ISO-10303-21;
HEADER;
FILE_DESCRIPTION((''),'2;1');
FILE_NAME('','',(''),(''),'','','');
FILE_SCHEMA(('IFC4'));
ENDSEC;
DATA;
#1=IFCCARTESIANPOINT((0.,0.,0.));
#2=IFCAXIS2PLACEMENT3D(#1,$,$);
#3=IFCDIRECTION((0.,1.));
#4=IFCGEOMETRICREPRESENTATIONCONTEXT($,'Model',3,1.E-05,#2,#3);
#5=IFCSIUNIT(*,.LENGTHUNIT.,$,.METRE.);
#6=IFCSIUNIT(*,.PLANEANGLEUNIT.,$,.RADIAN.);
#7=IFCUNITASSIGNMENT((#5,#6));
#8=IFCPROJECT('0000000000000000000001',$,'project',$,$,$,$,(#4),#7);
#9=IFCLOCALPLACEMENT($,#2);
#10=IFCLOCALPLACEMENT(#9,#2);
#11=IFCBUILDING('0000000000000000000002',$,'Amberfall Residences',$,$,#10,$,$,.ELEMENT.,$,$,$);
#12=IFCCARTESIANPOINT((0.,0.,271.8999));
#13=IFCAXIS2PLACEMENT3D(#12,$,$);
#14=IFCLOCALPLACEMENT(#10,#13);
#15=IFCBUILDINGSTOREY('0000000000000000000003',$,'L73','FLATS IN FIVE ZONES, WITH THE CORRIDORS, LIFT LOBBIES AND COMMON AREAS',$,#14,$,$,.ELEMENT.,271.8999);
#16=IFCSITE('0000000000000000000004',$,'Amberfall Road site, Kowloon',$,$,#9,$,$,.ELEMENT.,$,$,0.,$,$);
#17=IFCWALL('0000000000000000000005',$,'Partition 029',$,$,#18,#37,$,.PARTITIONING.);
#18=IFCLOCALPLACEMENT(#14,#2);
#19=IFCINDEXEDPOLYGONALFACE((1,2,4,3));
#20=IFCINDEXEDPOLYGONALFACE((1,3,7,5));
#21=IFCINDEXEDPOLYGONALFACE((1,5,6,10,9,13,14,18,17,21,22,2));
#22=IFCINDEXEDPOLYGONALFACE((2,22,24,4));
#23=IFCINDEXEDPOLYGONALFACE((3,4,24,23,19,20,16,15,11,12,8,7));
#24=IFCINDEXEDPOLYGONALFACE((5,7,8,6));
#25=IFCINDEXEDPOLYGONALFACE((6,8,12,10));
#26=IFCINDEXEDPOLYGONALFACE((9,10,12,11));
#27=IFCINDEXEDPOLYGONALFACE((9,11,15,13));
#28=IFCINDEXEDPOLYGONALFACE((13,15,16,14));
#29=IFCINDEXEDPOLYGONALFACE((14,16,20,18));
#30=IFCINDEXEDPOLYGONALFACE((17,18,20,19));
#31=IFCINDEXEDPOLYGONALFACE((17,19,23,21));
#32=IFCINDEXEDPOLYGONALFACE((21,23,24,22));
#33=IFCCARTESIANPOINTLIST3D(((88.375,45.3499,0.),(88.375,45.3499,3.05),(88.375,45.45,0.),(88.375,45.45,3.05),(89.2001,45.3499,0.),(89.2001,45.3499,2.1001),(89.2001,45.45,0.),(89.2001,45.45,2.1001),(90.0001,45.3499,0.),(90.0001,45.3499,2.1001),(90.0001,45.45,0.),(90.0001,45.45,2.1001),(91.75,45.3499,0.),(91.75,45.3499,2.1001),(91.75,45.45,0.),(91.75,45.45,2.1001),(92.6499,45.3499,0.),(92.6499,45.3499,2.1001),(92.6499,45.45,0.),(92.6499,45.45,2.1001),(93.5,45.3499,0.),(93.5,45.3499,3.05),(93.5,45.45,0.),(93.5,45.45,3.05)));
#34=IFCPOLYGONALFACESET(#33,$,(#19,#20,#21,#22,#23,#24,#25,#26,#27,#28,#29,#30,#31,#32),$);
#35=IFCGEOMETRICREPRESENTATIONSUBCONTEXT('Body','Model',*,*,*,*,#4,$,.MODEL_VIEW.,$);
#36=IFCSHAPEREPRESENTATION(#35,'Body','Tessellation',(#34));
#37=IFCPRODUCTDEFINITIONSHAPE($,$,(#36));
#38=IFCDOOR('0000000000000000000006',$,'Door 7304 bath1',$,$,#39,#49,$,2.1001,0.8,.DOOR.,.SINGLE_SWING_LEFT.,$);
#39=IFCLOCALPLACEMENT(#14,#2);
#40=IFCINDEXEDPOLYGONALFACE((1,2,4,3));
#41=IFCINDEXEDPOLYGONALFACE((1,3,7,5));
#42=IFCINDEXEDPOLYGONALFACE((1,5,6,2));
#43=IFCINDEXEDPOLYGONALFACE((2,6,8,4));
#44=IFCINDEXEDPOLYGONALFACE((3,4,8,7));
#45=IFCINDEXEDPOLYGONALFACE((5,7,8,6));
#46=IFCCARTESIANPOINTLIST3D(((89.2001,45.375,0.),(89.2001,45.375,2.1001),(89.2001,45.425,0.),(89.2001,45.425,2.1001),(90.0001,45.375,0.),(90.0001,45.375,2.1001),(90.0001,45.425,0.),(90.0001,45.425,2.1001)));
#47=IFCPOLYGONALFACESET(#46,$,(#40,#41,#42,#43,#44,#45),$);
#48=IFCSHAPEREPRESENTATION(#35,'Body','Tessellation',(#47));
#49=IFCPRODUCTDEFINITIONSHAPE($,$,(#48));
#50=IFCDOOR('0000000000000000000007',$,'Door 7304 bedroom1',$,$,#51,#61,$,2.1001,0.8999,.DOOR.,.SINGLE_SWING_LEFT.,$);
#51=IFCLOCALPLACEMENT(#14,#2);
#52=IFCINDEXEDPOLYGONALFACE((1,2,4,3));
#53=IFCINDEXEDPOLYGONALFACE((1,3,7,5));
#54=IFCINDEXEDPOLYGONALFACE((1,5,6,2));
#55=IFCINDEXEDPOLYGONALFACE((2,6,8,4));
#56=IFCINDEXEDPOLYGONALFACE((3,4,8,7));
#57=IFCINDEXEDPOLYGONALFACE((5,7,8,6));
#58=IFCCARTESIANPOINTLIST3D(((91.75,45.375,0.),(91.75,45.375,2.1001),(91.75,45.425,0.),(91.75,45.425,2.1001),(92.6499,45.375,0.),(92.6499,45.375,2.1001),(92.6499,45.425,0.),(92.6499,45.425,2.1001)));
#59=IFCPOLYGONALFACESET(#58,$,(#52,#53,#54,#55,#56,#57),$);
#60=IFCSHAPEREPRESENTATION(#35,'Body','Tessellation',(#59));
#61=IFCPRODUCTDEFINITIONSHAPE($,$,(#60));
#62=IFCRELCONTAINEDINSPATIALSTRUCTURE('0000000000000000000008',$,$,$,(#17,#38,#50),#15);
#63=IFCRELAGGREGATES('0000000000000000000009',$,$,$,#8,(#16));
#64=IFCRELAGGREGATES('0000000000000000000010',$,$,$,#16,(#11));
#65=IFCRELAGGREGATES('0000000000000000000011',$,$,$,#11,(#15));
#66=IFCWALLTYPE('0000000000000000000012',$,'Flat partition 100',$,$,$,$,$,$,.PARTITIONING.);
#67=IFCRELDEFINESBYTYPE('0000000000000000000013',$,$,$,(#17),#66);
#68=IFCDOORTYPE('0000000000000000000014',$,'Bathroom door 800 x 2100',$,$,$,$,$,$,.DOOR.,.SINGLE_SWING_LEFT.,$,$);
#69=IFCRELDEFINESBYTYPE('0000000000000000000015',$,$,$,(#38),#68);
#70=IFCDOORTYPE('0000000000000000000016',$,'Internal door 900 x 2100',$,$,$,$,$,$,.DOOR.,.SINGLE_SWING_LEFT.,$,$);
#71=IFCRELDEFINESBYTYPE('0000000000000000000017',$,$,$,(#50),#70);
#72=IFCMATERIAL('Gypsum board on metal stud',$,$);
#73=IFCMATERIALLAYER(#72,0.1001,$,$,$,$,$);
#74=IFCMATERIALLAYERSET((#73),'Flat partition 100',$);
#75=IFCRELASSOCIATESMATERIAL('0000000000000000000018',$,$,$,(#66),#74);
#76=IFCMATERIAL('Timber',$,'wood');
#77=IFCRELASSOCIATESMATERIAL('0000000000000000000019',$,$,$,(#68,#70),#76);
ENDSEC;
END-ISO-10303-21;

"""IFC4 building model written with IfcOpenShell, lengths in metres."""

from ifc_helpers import new_model, si_unit, direction, frame, frame_2d, origin, place, context, subcontext, project, spatial, rectangle, extrude, material, layer, layer_set, type_object, element, fill, save


model = new_model("IFC4")

# Units and contexts
model_context = context("Model", 3, precision=1e-05, world=origin(), true_north=direction((0.0, 1.0)))
body_context = subcontext(model_context, "Body", "Model", "MODEL_VIEW")
ifc_project = project(units=[si_unit("LENGTHUNIT", "METRE"), si_unit("PLANEANGLEUNIT", "RADIAN")], contexts=[model_context])

# Site, building, storey
site_placement = place(None, origin())
site = spatial("IfcSite", under=ifc_project, at=site_placement, Name="Amberfall Road site, Kowloon", CompositionType="ELEMENT", RefElevation=0.0)
building_placement = place(site_placement, origin())
building = spatial("IfcBuilding", under=site, at=building_placement, Name="Amberfall Residences", CompositionType="ELEMENT")
storey_placement = place(building_placement, frame((0.0, 0.0, 271.8999)))
storey = spatial("IfcBuildingStorey", under=building, at=storey_placement, Name="L73", Description="FLATS IN FIVE ZONES, WITH THE CORRIDORS, LIFT LOBBIES AND COMMON AREAS", CompositionType="ELEMENT", Elevation=271.8999)

# Wall, openings, doors
ifc_material_1 = material(Name="Gypsum board on metal stud")
ifc_layer_1 = layer(ifc_material_1, 0.1001)
ifc_layer_set_1 = layer_set([ifc_layer_1], Name="Flat partition 100")
wall_type_1 = type_object("IfcWallType", Name="Flat partition 100", PredefinedType="PARTITIONING", material=ifc_layer_set_1)
wall_1_placement = place(storey_placement, frame((93.5, 45.3999, 0.0), z_axis=(0.0, 0.0, 1.0), x_axis=(-1.0, 0.0, 0.0)))
wall_1 = element("IfcWall", 1, at=wall_1_placement, inside=storey, type_object=wall_type_1, Name="Partition 029", PredefinedType="PARTITIONING", context=body_context, shape_type="SweptSolid", body=[
    extrude(rectangle(XDim=5.125, YDim=0.1001, at=frame_2d((2.5625, 0.0))), origin(), (0.0, 0.0, 1.0), 3.05),
])
opening_1_placement = place(wall_1_placement, frame((0.8501, 0.0, 0.0)))
opening_1 = element("IfcOpeningElement", 2, at=opening_1_placement, cuts=wall_1, PredefinedType="OPENING", context=body_context, shape_type="SweptSolid", body=[
    extrude(rectangle(XDim=0.8999, YDim=2.1001, at=frame_2d((0.45, 1.05))), frame((0.0, 0.0601, 0.0), z_axis=(0.0, -1.0, 0.0), x_axis=(1.0, 0.0, 0.0)), (0.0, 0.0, 1.0), 0.1201),
])
opening_2_placement = place(wall_1_placement, frame((3.5, 0.0, 0.0)))
opening_2 = element("IfcOpeningElement", 3, at=opening_2_placement, cuts=wall_1, PredefinedType="OPENING", context=body_context, shape_type="SweptSolid", body=[
    extrude(rectangle(XDim=0.8, YDim=2.1001, at=frame_2d((0.3999, 1.05))), frame((0.0, 0.0601, 0.0), z_axis=(0.0, -1.0, 0.0), x_axis=(1.0, 0.0, 0.0)), (0.0, 0.0, 1.0), 0.1201),
])
ifc_material_2 = material(Name="Timber", Category="wood")
door_type_1 = type_object("IfcDoorType", Name="Bathroom door 800 x 2100", OperationType="SINGLE_SWING_LEFT", PredefinedType="DOOR", material=ifc_material_2)
door_1_placement = place(opening_2_placement, origin())
door_1 = element("IfcDoor", 4, at=door_1_placement, inside=storey, type_object=door_type_1, Name="Door 7304 bath1", OperationType="SINGLE_SWING_LEFT", OverallHeight=2.1001, OverallWidth=0.8, PredefinedType="DOOR", context=body_context, shape_type="SweptSolid", body=[
    extrude(rectangle(XDim=0.8, YDim=2.1001, at=frame_2d((0.3999, 1.05))), frame((0.0, 0.0249, 0.0), z_axis=(0.0, -1.0, 0.0), x_axis=(1.0, 0.0, 0.0)), (0.0, 0.0, 1.0), 0.05),
])
fill(opening_2, door_1)
door_type_2 = type_object("IfcDoorType", Name="Internal door 900 x 2100", OperationType="SINGLE_SWING_LEFT", PredefinedType="DOOR", material=ifc_material_2)
door_2_placement = place(opening_1_placement, origin())
door_2 = element("IfcDoor", 5, at=door_2_placement, inside=storey, type_object=door_type_2, Name="Door 7304 bedroom1", OperationType="SINGLE_SWING_LEFT", OverallHeight=2.1001, OverallWidth=0.8999, PredefinedType="DOOR", context=body_context, shape_type="SweptSolid", body=[
    extrude(rectangle(XDim=0.8999, YDim=2.1001, at=frame_2d((0.45, 1.05))), frame((0.0, 0.0249, 0.0), z_axis=(0.0, -1.0, 0.0), x_axis=(1.0, 0.0, 0.0)), (0.0, 0.0, 1.0), 0.05),
])
fill(opening_1, door_2)

save(model, "model.ifc")
